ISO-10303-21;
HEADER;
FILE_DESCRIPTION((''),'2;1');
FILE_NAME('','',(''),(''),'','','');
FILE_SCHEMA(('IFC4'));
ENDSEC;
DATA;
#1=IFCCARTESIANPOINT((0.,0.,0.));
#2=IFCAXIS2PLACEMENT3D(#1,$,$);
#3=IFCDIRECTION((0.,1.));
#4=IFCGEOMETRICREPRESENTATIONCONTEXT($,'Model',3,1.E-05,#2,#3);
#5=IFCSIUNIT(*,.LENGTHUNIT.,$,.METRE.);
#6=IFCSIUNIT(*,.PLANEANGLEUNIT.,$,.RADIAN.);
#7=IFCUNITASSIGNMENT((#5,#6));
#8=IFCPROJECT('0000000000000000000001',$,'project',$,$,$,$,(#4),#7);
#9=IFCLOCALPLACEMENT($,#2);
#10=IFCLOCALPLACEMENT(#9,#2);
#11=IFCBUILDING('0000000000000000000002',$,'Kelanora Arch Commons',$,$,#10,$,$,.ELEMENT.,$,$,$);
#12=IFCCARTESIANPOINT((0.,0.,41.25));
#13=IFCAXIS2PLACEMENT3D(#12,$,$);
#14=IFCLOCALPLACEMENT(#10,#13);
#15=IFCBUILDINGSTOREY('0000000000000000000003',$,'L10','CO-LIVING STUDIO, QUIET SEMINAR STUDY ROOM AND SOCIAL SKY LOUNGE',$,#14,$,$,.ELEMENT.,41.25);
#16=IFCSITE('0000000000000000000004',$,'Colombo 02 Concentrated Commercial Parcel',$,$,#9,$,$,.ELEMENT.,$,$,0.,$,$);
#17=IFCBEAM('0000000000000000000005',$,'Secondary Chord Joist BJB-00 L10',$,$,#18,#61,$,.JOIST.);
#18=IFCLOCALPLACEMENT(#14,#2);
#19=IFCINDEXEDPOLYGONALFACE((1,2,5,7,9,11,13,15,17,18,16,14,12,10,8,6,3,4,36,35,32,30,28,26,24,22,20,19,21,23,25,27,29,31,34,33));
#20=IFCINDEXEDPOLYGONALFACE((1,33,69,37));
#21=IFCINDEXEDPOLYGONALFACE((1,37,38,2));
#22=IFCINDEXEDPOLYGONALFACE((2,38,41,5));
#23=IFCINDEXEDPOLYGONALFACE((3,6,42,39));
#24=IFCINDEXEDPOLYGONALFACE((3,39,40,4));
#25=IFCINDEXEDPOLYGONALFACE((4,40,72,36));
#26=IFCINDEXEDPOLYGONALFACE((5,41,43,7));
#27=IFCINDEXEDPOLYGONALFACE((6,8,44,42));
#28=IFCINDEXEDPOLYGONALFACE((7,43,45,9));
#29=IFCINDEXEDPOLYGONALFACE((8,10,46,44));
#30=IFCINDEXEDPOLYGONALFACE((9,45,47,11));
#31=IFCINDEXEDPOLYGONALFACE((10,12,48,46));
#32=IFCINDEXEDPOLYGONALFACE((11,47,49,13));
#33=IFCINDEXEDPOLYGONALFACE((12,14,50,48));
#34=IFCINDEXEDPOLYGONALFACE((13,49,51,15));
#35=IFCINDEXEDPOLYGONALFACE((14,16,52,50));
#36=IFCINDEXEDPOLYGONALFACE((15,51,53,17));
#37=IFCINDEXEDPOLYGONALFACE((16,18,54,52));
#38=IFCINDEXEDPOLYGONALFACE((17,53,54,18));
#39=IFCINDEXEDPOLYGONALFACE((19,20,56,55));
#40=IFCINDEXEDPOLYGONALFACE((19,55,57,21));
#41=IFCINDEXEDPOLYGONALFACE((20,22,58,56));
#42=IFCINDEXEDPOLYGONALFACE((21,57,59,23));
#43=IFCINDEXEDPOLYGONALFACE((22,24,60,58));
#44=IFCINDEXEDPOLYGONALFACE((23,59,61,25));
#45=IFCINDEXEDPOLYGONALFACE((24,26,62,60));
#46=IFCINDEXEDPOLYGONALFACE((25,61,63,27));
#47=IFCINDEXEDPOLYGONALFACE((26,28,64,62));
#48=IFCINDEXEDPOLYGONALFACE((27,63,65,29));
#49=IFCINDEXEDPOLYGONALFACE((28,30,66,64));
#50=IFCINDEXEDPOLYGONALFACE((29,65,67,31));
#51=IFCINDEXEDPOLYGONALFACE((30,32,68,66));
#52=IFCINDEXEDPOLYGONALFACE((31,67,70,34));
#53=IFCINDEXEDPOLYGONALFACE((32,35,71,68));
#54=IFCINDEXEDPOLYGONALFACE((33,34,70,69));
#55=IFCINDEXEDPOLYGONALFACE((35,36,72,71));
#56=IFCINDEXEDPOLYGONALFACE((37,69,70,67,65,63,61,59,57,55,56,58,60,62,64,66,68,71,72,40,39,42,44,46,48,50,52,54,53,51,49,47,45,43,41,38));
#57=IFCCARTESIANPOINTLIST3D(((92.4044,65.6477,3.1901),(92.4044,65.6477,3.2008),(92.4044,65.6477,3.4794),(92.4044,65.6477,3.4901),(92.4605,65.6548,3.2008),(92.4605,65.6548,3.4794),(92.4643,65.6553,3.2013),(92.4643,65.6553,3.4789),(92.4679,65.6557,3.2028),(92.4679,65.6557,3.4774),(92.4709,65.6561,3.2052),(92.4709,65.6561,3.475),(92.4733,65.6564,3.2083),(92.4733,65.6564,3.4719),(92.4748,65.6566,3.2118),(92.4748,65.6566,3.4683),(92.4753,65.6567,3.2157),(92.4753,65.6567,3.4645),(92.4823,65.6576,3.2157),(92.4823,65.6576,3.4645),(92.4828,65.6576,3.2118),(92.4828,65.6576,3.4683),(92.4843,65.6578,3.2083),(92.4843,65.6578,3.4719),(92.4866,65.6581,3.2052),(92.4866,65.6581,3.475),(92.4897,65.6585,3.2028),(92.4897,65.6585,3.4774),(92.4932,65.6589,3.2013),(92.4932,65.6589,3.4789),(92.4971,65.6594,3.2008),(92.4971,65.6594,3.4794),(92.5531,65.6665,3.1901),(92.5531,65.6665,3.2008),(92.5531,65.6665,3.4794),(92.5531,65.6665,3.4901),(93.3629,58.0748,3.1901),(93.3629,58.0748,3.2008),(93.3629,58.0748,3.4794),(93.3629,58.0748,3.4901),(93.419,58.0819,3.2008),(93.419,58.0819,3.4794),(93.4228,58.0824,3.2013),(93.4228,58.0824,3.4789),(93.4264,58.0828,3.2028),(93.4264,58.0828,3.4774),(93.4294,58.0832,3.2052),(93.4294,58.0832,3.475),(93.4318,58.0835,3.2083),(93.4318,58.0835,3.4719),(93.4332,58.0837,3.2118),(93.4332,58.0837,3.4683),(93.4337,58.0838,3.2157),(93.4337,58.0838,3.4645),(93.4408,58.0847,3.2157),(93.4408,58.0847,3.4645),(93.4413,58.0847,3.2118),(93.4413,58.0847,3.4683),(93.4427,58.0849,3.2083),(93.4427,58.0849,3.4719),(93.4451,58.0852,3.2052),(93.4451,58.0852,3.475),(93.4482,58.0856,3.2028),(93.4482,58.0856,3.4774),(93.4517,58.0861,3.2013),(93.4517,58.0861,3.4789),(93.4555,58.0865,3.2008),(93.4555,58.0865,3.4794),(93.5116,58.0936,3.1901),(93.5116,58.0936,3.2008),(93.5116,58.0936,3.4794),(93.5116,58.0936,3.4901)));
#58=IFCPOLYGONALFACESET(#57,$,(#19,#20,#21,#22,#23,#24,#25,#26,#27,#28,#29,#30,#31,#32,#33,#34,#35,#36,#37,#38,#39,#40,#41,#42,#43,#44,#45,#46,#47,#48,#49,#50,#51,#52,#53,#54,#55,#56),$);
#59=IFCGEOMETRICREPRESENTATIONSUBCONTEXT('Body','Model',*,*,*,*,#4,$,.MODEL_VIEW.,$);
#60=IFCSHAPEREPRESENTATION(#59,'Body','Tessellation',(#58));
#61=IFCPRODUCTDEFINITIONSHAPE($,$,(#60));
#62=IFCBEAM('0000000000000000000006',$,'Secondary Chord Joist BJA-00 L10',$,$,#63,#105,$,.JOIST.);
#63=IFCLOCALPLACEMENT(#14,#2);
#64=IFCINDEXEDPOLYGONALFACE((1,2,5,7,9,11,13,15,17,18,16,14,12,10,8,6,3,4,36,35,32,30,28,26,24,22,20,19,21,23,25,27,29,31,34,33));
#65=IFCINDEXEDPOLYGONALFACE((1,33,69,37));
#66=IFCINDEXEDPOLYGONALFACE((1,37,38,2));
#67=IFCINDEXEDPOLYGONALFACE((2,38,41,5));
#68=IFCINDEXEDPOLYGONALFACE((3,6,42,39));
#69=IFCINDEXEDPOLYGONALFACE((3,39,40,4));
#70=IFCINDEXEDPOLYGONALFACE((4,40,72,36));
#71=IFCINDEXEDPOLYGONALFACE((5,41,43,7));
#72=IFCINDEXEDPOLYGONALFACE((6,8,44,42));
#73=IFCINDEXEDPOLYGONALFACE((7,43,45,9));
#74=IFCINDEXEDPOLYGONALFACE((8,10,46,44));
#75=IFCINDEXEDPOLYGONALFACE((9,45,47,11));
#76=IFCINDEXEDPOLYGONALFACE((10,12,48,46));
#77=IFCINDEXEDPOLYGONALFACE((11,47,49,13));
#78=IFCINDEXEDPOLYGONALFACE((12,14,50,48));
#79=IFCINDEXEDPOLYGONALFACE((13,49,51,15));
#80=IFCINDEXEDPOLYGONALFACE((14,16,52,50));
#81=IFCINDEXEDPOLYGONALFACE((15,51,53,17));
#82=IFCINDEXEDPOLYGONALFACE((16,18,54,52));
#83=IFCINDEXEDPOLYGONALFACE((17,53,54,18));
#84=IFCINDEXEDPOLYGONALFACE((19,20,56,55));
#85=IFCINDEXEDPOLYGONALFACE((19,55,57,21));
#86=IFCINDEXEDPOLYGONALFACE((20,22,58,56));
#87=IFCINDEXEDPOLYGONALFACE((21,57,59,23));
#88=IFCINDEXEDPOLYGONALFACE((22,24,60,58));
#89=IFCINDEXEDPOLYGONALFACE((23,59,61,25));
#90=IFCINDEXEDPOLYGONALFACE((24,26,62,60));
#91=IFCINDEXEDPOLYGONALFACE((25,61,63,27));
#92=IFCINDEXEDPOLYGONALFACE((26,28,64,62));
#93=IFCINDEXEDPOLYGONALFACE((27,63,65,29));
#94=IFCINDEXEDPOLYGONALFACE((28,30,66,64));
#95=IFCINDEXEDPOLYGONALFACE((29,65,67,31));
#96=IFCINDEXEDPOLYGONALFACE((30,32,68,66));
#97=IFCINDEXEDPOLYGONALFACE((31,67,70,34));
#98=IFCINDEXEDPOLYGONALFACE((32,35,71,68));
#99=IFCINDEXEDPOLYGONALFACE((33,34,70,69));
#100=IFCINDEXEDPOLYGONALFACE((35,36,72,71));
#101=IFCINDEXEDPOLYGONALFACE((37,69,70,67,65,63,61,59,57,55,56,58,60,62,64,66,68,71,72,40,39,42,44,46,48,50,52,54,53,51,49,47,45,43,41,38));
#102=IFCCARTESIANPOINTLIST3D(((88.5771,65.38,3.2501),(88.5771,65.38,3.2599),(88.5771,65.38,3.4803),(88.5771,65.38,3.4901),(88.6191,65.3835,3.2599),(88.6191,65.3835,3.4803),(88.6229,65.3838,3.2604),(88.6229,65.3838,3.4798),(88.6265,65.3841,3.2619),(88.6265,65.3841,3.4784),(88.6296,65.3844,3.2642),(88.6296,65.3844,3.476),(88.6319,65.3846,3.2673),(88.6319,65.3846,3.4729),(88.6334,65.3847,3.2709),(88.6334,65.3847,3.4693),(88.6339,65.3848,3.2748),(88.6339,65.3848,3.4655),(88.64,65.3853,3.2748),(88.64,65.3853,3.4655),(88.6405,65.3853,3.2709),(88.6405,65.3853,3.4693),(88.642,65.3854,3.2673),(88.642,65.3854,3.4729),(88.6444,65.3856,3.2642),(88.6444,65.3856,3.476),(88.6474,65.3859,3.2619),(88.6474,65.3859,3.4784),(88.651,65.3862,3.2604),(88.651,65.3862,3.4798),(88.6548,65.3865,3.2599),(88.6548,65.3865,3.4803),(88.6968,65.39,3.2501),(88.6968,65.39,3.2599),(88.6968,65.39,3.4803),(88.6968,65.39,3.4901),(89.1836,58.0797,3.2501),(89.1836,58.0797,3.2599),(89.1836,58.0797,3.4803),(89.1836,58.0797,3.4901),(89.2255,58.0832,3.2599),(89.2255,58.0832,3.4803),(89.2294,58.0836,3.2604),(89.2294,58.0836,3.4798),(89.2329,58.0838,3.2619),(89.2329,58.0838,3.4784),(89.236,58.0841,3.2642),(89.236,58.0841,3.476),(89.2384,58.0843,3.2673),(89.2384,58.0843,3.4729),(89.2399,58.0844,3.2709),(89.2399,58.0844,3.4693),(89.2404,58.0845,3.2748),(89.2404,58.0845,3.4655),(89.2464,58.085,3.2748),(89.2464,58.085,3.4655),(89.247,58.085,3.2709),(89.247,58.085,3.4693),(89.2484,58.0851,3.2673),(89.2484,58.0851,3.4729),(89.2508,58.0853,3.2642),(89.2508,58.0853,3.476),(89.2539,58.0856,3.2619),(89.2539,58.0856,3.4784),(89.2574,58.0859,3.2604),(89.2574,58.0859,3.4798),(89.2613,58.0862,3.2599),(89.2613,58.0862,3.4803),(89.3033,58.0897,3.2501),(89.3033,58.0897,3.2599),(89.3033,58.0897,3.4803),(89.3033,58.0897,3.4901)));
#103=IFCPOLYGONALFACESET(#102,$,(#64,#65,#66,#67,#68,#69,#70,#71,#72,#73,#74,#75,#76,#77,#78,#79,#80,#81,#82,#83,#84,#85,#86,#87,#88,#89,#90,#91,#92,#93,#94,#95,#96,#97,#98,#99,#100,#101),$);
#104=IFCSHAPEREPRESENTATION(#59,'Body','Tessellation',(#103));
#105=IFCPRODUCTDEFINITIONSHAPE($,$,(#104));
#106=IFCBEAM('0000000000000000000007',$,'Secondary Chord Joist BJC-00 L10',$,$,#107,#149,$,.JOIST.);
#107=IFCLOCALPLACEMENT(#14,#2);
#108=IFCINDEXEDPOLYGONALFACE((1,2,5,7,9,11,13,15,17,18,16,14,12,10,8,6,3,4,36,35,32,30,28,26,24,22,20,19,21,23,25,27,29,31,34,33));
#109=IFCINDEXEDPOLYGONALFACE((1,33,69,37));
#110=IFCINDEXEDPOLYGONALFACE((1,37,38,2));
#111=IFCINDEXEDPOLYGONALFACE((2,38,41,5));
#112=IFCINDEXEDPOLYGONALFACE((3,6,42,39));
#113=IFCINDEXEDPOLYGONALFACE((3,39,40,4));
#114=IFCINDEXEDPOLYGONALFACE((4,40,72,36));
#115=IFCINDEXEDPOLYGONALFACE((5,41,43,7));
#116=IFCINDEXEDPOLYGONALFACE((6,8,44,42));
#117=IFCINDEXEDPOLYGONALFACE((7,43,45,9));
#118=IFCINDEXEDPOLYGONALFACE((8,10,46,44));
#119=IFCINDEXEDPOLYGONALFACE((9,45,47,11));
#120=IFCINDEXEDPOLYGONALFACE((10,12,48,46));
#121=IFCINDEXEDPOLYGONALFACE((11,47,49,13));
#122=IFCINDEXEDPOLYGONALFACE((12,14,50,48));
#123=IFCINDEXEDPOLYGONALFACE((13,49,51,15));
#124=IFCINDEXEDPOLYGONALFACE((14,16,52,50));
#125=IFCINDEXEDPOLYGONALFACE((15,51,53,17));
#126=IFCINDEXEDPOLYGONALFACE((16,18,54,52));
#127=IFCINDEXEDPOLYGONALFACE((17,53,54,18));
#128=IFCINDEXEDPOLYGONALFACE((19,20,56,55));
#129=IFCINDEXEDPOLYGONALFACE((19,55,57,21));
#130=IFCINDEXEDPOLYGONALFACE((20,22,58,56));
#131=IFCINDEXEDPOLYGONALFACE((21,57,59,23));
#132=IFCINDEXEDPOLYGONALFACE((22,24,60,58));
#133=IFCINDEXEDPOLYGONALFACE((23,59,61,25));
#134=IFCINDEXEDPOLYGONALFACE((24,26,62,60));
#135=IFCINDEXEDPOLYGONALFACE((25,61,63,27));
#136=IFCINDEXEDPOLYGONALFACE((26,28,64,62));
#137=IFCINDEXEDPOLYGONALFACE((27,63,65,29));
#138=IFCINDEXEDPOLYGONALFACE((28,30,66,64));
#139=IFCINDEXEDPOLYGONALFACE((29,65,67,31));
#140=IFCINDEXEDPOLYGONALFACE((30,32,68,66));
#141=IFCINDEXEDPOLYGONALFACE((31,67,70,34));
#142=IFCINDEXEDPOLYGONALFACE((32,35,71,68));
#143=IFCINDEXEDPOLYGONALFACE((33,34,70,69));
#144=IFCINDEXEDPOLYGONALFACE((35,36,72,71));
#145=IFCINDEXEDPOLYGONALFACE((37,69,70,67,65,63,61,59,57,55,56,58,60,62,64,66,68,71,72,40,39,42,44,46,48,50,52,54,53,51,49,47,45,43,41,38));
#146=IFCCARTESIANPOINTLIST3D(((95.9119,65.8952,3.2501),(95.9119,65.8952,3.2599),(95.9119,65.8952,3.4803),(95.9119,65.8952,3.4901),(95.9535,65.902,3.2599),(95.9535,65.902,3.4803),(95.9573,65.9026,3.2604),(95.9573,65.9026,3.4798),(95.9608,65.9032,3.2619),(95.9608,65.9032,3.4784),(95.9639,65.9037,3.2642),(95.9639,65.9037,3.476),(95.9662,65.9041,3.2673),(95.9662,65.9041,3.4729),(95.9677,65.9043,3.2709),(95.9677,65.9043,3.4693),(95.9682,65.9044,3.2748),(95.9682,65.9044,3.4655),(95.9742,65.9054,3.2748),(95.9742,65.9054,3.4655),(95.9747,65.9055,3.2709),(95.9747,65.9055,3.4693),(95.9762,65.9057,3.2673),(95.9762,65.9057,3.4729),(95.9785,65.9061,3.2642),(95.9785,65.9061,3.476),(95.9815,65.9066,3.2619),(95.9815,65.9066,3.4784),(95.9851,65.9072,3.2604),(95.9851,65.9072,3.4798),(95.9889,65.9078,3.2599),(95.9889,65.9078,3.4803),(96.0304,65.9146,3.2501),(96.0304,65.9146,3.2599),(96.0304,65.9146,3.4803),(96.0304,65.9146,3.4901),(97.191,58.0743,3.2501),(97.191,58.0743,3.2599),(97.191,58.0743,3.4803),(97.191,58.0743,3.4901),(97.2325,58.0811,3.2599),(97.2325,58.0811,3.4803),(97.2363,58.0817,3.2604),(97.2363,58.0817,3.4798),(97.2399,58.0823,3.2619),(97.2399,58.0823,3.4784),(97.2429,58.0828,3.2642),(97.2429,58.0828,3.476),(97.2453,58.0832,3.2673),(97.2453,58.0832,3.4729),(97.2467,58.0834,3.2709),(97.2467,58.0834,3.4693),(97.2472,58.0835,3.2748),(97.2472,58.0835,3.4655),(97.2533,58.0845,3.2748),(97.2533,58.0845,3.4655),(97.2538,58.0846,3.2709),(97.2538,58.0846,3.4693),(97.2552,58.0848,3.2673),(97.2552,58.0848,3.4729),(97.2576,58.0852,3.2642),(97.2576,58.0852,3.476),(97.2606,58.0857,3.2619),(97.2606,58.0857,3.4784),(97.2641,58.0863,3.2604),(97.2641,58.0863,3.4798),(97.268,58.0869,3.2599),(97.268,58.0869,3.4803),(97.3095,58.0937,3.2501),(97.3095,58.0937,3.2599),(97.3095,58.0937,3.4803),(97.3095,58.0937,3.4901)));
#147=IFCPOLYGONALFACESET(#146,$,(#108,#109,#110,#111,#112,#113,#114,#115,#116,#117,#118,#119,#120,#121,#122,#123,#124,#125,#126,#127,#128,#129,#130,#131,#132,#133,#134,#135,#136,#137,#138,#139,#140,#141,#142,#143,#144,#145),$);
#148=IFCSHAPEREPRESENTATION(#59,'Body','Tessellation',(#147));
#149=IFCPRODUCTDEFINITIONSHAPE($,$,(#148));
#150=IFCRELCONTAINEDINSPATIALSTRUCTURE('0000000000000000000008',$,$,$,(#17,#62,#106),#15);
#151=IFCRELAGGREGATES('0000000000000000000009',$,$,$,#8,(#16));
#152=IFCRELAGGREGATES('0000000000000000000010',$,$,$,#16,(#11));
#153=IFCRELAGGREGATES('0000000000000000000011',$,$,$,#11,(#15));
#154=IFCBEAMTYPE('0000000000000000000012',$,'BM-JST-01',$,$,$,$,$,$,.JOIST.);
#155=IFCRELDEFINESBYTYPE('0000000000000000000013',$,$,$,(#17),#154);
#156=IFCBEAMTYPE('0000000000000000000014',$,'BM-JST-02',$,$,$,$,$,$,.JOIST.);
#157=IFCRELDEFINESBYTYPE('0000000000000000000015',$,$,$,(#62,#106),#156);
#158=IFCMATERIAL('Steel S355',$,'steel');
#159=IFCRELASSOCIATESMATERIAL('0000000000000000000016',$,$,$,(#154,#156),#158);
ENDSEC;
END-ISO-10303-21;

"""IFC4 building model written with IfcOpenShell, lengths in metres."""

from ifc_helpers import new_model, si_unit, direction, frame, origin, origin_2d, place, context, subcontext, project, spatial, i_section, extrude, material, material_profile, profile_set, type_object, element, save


model = new_model("IFC4")

# Units and contexts
model_context = context("Model", 3, precision=1e-05, world=origin(), true_north=direction((0.0, 1.0)))
body_context = subcontext(model_context, "Body", "Model", "MODEL_VIEW")
ifc_project = project(units=[si_unit("LENGTHUNIT", "METRE"), si_unit("PLANEANGLEUNIT", "RADIAN")], contexts=[model_context])

# Site, building, storey
site_placement = place(None, origin())
site = spatial("IfcSite", under=ifc_project, at=site_placement, Name="Colombo 02 Concentrated Commercial Parcel", CompositionType="ELEMENT", RefElevation=0.0)
building_placement = place(site_placement, origin())
building = spatial("IfcBuilding", under=site, at=building_placement, Name="Kelanora Arch Commons", CompositionType="ELEMENT")
storey_placement = place(building_placement, frame((0.0, 0.0, 41.25)))
storey = spatial("IfcBuildingStorey", under=building, at=storey_placement, Name="L10", Description="CO-LIVING STUDIO, QUIET SEMINAR STUDY ROOM AND SOCIAL SKY LOUNGE", CompositionType="ELEMENT", Elevation=41.25)

# Beams
ifc_material_1 = material(Name="Steel S355", Category="steel")
ifc_material_profile_1 = material_profile(ifc_material_1, i_section(OverallWidth=0.1499, OverallDepth=0.3, WebThickness=0.0071, FlangeThickness=0.0107, FilletRadius=0.0149, at=origin_2d()), Name="IPE300")
ifc_profile_set_1 = profile_set([ifc_material_profile_1], Name="Steel S355")
beam_type_1 = type_object("IfcBeamType", Name="BM-JST-01", PredefinedType="JOIST", material=ifc_profile_set_1)
beam_1_placement = place(storey_placement, frame((93.4373, 58.0842, 3.3401), z_axis=(-0.125566, 0.992085, 0.0), x_axis=(-0.992085, -0.125566, 0.0)))
element("IfcBeam", 1, at=beam_1_placement, inside=storey, type_object=beam_type_1, Name="Secondary Chord Joist BJB-00 L10", PredefinedType="JOIST", context=body_context, shape_type="SweptSolid", body=[
    extrude(i_section(OverallWidth=0.1499, OverallDepth=0.3, WebThickness=0.0071, FlangeThickness=0.0107, FilletRadius=0.0149, at=origin_2d()), origin(), (0.0, 0.0, 1.0), 7.6333),
])
ifc_material_profile_2 = material_profile(ifc_material_1, i_section(OverallWidth=0.1201, OverallDepth=0.24, WebThickness=0.0061, FlangeThickness=0.0098, FilletRadius=0.0149, at=origin_2d()), Name="IPE240")
ifc_profile_set_2 = profile_set([ifc_material_profile_2], Name="Steel S355")
beam_type_2 = type_object("IfcBeamType", Name="BM-JST-02", PredefinedType="JOIST", material=ifc_profile_set_2)
beam_2_placement = place(storey_placement, frame((89.2434, 58.0847, 3.3701), z_axis=(-0.082786, 0.996567, 0.0), x_axis=(-0.996567, -0.082786, 0.0)))
element("IfcBeam", 2, at=beam_2_placement, inside=storey, type_object=beam_type_2, Name="Secondary Chord Joist BJA-00 L10", PredefinedType="JOIST", context=body_context, shape_type="SweptSolid", body=[
    extrude(i_section(OverallWidth=0.1201, OverallDepth=0.24, WebThickness=0.0061, FlangeThickness=0.0098, FilletRadius=0.0149, at=origin_2d()), origin(), (0.0, 0.0, 1.0), 7.3254),
])
beam_3_placement = place(storey_placement, frame((97.2502, 58.084, 3.3701), z_axis=(-0.161401, 0.986889, 0.0), x_axis=(-0.986889, -0.161401, 0.0)))
element("IfcBeam", 3, at=beam_3_placement, inside=storey, type_object=beam_type_2, Name="Secondary Chord Joist BJC-00 L10", PredefinedType="JOIST", context=body_context, shape_type="SweptSolid", body=[
    extrude(i_section(OverallWidth=0.1201, OverallDepth=0.24, WebThickness=0.0061, FlangeThickness=0.0098, FilletRadius=0.0149, at=origin_2d()), origin(), (0.0, 0.0, 1.0), 7.9248),
])

save(model, "model.ifc")
